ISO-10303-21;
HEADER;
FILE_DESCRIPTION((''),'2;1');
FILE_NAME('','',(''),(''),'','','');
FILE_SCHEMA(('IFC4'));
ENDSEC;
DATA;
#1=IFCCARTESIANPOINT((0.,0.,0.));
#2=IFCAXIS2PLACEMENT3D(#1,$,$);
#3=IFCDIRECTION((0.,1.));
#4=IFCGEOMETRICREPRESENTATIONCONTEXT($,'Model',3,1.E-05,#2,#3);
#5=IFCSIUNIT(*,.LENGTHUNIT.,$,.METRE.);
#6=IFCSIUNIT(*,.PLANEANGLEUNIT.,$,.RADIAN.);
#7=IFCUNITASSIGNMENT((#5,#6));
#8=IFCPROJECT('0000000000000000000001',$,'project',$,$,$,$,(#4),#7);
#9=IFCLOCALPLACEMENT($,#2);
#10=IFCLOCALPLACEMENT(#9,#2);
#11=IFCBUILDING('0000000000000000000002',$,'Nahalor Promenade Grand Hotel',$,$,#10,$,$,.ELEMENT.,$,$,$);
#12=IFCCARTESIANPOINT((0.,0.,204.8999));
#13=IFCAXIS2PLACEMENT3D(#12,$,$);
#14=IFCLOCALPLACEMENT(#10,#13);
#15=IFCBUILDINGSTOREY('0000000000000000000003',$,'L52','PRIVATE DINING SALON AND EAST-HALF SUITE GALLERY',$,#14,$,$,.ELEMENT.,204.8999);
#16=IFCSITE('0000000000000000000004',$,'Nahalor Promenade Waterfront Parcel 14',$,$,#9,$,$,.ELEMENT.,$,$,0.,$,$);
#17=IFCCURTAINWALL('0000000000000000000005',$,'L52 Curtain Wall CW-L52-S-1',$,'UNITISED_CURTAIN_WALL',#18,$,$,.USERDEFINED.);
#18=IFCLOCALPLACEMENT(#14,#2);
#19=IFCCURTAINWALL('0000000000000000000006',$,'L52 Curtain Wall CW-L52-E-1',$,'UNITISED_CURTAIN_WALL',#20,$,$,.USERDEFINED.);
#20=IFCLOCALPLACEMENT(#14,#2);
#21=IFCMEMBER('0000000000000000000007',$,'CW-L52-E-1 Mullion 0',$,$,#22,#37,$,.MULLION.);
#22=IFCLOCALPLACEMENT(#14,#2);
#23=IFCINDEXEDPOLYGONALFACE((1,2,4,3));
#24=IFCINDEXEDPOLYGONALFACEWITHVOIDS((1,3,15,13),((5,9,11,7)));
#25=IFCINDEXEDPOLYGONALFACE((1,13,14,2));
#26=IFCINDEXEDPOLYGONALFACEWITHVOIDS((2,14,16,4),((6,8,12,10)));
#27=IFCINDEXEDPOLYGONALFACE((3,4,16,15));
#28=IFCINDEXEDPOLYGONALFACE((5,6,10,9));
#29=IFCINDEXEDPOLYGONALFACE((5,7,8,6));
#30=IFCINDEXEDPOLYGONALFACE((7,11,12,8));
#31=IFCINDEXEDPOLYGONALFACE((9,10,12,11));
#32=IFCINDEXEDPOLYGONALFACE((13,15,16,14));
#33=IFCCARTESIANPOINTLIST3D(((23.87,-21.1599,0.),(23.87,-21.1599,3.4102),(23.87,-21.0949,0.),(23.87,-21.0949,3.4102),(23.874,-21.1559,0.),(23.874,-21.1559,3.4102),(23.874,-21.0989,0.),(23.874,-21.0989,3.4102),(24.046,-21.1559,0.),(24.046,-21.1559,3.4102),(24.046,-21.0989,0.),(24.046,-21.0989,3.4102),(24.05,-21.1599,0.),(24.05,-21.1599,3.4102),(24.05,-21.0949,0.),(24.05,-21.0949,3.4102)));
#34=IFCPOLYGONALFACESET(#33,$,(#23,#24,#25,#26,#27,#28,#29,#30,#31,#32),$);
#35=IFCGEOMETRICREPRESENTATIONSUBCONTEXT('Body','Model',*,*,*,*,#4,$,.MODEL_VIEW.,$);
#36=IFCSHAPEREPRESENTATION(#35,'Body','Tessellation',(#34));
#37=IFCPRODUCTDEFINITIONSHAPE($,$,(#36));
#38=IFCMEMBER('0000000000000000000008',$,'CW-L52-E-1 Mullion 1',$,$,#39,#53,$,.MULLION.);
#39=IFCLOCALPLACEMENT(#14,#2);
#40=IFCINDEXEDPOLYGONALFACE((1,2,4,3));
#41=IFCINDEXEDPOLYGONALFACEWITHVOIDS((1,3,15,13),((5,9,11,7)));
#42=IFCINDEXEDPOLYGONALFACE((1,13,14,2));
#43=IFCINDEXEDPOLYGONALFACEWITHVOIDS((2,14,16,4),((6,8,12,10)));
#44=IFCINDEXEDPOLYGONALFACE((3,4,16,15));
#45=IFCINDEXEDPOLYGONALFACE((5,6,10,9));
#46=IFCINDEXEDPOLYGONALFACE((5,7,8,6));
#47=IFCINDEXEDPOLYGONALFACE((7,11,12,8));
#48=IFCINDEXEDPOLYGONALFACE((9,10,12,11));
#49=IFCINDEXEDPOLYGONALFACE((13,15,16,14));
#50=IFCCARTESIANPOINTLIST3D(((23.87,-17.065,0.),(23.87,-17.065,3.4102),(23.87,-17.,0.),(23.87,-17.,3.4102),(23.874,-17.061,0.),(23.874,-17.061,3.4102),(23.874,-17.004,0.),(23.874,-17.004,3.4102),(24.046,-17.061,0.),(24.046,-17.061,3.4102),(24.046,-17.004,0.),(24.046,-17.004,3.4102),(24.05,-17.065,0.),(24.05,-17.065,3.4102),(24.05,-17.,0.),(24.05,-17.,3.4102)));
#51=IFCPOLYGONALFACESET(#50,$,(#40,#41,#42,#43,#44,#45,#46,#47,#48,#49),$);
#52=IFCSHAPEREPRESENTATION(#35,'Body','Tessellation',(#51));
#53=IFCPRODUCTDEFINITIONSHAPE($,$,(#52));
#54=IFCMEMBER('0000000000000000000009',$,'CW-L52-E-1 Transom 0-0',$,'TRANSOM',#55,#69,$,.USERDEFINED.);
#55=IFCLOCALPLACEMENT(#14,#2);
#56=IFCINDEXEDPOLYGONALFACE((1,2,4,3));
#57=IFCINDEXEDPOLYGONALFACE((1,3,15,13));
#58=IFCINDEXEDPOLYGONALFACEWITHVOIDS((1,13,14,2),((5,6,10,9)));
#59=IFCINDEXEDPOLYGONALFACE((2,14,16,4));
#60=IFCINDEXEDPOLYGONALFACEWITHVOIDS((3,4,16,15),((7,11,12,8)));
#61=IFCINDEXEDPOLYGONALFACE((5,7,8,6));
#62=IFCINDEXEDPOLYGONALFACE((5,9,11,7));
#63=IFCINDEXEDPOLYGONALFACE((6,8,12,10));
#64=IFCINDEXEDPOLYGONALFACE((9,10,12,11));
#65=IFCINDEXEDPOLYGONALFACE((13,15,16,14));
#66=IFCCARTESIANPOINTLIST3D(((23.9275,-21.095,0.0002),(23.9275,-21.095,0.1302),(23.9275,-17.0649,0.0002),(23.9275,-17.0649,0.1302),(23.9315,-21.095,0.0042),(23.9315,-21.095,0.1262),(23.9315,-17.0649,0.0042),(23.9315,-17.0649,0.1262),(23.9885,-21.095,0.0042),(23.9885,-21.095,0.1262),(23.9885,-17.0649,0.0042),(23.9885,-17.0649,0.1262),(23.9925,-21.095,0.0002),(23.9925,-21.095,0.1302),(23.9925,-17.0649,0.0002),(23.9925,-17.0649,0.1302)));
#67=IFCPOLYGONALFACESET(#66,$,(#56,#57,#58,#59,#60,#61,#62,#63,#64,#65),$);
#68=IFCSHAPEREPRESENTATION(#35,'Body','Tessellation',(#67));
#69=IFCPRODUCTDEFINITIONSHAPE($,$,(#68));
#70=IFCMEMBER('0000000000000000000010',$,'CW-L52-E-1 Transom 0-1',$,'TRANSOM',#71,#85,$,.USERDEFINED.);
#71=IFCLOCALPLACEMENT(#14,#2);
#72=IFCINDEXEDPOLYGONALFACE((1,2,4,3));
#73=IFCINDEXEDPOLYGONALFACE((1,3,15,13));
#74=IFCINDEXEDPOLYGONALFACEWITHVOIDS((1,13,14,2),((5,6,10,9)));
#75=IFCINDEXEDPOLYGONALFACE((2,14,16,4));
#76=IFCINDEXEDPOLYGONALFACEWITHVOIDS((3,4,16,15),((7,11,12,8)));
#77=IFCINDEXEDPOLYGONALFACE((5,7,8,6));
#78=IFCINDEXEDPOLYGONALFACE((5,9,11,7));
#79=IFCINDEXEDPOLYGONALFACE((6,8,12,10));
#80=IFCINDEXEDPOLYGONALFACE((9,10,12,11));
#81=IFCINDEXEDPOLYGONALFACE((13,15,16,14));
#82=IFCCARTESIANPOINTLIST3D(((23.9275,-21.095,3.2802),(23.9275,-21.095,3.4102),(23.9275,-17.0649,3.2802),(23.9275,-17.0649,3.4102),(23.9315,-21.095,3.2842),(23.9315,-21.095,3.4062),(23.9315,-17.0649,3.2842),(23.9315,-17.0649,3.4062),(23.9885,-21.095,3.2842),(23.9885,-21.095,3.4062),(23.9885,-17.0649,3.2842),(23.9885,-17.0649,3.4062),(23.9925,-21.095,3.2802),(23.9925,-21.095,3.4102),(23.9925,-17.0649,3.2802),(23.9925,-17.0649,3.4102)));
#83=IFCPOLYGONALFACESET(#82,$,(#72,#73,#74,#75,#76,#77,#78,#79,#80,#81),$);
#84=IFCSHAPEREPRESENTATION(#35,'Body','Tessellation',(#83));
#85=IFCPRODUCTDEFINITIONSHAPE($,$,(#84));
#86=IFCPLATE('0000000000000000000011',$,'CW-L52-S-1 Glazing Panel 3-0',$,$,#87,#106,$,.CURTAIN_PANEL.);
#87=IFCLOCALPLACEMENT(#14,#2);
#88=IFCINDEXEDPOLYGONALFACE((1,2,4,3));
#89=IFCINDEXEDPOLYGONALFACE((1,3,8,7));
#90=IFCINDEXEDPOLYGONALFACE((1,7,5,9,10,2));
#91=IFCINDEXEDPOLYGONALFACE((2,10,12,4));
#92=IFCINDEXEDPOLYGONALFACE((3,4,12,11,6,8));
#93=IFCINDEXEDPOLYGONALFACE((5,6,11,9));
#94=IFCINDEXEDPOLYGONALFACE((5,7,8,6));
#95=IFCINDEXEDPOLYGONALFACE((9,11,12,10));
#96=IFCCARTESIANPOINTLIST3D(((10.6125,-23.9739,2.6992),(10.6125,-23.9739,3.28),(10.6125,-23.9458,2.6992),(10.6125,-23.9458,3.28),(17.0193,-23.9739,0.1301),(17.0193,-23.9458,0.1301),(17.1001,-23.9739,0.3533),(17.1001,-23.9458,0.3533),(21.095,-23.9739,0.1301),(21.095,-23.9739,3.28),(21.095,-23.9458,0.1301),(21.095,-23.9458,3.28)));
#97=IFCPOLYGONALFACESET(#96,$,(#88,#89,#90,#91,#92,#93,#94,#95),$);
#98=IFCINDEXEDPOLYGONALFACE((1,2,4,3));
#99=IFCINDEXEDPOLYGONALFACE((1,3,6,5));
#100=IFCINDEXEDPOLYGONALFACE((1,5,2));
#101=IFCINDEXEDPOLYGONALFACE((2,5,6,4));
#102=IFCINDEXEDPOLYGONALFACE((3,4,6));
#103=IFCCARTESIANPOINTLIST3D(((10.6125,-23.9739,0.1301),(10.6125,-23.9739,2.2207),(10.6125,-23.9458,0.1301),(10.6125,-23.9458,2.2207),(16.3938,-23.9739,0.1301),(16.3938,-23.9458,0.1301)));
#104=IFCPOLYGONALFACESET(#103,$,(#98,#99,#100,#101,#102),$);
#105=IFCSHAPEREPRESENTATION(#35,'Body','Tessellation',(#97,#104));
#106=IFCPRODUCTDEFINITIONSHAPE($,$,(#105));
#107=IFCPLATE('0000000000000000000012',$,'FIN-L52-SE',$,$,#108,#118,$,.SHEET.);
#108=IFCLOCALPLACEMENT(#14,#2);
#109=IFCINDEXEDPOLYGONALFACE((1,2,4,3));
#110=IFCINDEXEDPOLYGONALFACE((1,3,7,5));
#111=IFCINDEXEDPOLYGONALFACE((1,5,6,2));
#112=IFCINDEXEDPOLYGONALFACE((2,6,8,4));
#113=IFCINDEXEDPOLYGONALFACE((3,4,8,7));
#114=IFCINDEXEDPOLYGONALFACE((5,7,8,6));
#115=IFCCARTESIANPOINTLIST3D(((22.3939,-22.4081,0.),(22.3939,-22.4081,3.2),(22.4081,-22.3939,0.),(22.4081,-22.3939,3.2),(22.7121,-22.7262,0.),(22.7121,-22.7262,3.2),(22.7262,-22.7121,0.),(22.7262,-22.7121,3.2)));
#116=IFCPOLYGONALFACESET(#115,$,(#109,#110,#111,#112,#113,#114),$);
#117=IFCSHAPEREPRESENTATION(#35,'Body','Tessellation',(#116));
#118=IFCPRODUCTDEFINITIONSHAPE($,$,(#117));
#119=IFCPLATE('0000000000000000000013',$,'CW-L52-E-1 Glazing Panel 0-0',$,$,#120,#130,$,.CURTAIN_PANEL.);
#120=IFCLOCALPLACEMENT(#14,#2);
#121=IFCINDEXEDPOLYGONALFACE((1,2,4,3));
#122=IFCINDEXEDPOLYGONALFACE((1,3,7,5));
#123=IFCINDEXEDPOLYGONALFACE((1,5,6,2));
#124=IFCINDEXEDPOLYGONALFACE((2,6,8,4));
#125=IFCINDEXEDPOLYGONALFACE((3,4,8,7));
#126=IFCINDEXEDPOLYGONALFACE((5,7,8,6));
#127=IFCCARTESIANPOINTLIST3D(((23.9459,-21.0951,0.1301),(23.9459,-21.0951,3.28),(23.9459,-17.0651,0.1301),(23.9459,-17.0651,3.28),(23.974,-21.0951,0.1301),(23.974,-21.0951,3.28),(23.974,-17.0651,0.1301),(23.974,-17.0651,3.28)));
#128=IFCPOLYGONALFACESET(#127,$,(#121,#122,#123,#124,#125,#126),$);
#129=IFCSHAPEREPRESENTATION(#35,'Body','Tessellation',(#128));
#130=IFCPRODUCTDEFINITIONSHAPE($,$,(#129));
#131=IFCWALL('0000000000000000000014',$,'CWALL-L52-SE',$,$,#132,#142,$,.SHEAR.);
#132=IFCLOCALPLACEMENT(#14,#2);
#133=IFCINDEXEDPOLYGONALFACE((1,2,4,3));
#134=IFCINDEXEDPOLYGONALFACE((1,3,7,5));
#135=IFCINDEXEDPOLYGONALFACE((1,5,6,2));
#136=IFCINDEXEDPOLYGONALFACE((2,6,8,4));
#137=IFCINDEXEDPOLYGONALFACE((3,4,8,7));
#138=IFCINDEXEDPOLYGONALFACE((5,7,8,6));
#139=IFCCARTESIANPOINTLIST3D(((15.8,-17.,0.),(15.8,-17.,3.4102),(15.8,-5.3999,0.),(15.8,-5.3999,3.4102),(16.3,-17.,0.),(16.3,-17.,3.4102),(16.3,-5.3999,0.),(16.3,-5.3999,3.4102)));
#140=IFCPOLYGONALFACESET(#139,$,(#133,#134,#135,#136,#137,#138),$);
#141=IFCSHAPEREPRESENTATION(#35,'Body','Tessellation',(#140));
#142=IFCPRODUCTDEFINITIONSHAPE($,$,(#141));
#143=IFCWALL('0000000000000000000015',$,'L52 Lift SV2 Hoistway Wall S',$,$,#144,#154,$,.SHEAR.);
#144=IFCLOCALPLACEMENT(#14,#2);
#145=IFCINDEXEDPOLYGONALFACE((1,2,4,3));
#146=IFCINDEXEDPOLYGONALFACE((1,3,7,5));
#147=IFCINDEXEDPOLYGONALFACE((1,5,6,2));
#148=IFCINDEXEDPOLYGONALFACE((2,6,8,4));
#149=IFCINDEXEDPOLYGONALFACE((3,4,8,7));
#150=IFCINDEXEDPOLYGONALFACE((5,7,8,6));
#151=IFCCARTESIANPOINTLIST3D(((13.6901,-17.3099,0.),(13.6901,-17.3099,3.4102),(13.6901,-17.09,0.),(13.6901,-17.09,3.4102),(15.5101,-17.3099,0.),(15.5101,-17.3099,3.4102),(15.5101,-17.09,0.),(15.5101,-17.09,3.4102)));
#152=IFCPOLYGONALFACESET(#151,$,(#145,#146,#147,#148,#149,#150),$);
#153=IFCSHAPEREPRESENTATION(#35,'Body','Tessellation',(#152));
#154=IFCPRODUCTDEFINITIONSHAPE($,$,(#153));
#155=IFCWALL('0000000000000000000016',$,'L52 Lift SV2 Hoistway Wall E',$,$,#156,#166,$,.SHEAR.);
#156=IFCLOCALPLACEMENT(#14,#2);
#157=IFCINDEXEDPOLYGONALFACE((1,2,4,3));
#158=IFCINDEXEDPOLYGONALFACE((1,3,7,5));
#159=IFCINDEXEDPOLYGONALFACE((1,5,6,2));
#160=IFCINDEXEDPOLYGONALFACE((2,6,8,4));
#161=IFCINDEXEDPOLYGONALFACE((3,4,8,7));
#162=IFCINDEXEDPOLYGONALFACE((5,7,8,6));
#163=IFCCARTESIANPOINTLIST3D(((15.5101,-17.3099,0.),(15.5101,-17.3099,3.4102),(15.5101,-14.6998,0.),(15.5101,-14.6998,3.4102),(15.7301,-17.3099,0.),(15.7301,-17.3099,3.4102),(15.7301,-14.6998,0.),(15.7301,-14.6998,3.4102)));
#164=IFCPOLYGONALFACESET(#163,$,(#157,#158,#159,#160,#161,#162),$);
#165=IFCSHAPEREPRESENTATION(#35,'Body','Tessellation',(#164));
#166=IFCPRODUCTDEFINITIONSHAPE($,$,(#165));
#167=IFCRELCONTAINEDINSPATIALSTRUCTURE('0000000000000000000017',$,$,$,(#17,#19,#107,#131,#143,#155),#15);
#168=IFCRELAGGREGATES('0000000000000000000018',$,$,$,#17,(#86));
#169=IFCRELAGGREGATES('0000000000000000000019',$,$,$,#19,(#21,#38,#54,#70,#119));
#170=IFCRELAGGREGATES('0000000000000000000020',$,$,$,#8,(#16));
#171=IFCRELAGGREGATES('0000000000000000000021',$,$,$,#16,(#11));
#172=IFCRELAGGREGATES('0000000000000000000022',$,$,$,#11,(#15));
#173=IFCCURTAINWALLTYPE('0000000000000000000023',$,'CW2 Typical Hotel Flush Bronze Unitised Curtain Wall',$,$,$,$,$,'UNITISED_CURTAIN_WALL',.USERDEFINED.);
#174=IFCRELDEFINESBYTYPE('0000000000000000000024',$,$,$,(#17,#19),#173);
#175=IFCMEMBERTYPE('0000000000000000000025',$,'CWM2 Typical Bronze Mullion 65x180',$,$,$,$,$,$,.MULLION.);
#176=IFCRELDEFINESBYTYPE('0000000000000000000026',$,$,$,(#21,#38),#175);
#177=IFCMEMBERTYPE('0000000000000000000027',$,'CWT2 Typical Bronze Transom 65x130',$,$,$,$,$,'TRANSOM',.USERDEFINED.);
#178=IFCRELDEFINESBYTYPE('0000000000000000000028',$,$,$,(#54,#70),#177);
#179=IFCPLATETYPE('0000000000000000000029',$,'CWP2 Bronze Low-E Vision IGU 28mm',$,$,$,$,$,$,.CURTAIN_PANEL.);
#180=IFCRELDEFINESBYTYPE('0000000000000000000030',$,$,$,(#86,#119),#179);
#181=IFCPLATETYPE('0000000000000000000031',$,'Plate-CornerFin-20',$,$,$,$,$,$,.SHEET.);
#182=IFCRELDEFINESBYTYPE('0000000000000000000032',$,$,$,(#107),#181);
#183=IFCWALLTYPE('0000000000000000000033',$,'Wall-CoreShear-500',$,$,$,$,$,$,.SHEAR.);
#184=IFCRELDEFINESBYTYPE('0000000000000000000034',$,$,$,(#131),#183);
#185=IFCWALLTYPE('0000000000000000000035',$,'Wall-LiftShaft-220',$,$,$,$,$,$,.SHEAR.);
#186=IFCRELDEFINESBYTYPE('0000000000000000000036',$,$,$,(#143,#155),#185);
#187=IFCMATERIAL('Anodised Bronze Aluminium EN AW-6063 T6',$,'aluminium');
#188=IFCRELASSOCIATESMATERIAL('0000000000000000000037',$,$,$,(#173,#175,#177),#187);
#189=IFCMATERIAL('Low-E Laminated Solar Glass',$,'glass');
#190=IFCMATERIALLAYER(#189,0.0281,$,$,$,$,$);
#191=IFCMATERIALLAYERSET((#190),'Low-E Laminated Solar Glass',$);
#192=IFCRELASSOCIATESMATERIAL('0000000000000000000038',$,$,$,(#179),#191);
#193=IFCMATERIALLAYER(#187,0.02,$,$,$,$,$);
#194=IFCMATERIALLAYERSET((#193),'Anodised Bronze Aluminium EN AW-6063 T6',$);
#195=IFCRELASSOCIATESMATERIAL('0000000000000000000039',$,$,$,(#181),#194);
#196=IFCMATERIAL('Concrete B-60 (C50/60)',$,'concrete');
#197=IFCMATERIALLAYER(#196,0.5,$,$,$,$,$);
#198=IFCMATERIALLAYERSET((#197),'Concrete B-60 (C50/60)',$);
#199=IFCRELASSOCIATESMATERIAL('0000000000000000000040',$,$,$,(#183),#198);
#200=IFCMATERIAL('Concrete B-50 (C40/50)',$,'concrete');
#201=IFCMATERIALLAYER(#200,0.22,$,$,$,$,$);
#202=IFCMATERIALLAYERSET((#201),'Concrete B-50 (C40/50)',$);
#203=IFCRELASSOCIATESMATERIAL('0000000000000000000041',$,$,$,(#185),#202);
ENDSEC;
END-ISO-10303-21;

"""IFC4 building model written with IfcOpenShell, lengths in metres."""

from ifc_helpers import new_model, si_unit, direction, frame, frame_2d, origin, origin_2d, place, context, subcontext, project, spatial, polyline, rectangle, hollow_rectangle, outline, extrude, source, transform, mapped, material, layer, layer_set, material_profile, profile_set, type_object, element, aggregate, save


model = new_model("IFC4")

# Units and contexts
model_context = context("Model", 3, precision=1e-05, world=origin(), true_north=direction((0.0, 1.0)))
body_context = subcontext(model_context, "Body", "Model", "MODEL_VIEW")
ifc_project = project(units=[si_unit("LENGTHUNIT", "METRE"), si_unit("PLANEANGLEUNIT", "RADIAN")], contexts=[model_context])

# Site, building, storey
site_placement = place(None, origin())
site = spatial("IfcSite", under=ifc_project, at=site_placement, Name="Nahalor Promenade Waterfront Parcel 14", CompositionType="ELEMENT", RefElevation=0.0)
building_placement = place(site_placement, origin())
building = spatial("IfcBuilding", under=site, at=building_placement, Name="Nahalor Promenade Grand Hotel", CompositionType="ELEMENT")
storey_placement = place(building_placement, frame((0.0, 0.0, 204.8999)))
storey = spatial("IfcBuildingStorey", under=building, at=storey_placement, Name="L52", Description="PRIVATE DINING SALON AND EAST-HALF SUITE GALLERY", CompositionType="ELEMENT", Elevation=204.8999)

# Shared definitions
ifc_material_1 = material(Name="Concrete B-60 (C50/60)", Category="concrete")

# Curtain wall
ifc_material_2 = material(Name="Anodised Bronze Aluminium EN AW-6063 T6", Category="aluminium")
curtain_wall_type = type_object("IfcCurtainWallType", Name="CW2 Typical Hotel Flush Bronze Unitised Curtain Wall", ElementType="UNITISED_CURTAIN_WALL", PredefinedType="USERDEFINED", material=ifc_material_2)
curtain_wall_1_placement = place(storey_placement, origin())
curtain_wall_1 = element("IfcCurtainWall", 1, at=curtain_wall_1_placement, inside=storey, type_object=curtain_wall_type, Name="L52 Curtain Wall CW-L52-S-1", ObjectType="UNITISED_CURTAIN_WALL", PredefinedType="USERDEFINED")
ifc_material_profile_1 = material_profile(ifc_material_2, hollow_rectangle(XDim=0.065, YDim=0.18, WallThickness=0.004, at=origin_2d()), Name="CWM 65x180x4")
ifc_profile_set_1 = profile_set([ifc_material_profile_1], Name="Anodised Bronze Aluminium EN AW-6063 T6")
member_type_1 = type_object("IfcMemberType", Name="CWM2 Typical Bronze Mullion 65x180", PredefinedType="MULLION", material=ifc_profile_set_1)
shared_shape_1 = source(origin(), body_context, "Body", "SweptSolid", [
    extrude(hollow_rectangle(XDim=0.065, YDim=0.18, WallThickness=0.004, at=origin_2d()), origin(), (0.0, 0.0, 1.0), 3.4102),
])

# Curtain wall, members
curtain_wall_2_placement = place(storey_placement, origin())
curtain_wall_2 = element("IfcCurtainWall", 2, at=curtain_wall_2_placement, inside=storey, type_object=curtain_wall_type, Name="L52 Curtain Wall CW-L52-E-1", ObjectType="UNITISED_CURTAIN_WALL", PredefinedType="USERDEFINED")
member_1_placement = place(storey_placement, frame((23.96, -21.1274, 0.0), z_axis=(0.0, 0.0, 1.0), x_axis=(0.0, 1.0, 0.0)))
member_1 = element("IfcMember", 3, at=member_1_placement, type_object=member_type_1, Name="CW-L52-E-1 Mullion 0", PredefinedType="MULLION", context=body_context, shape_type="MappedRepresentation", body=[
    mapped(shared_shape_1, transform((0.0, 0.0, 0.0), scale=1.0)),
])
member_2_placement = place(storey_placement, frame((23.96, -17.0325, 0.0), z_axis=(0.0, 0.0, 1.0), x_axis=(0.0, 1.0, 0.0)))
member_2 = element("IfcMember", 4, at=member_2_placement, type_object=member_type_1, Name="CW-L52-E-1 Mullion 1", PredefinedType="MULLION", context=body_context, shape_type="MappedRepresentation", body=[
    mapped(shared_shape_1, transform((0.0, 0.0, 0.0), scale=1.0)),
])
ifc_material_profile_2 = material_profile(ifc_material_2, hollow_rectangle(XDim=0.065, YDim=0.13, WallThickness=0.004, at=origin_2d()), Name="CWT 65x130x4")
ifc_profile_set_2 = profile_set([ifc_material_profile_2], Name="Anodised Bronze Aluminium EN AW-6063 T6")
member_type_2 = type_object("IfcMemberType", Name="CWT2 Typical Bronze Transom 65x130", ElementType="TRANSOM", PredefinedType="USERDEFINED", material=ifc_profile_set_2)
shared_shape_2 = source(origin(), body_context, "Body", "SweptSolid", [
    extrude(hollow_rectangle(XDim=0.065, YDim=0.13, WallThickness=0.004, at=origin_2d()), origin(), (0.0, 0.0, 1.0), 4.03),
])
member_3_placement = place(storey_placement, frame((23.96, -21.095, 0.0652), z_axis=(0.0, 1.0, 0.0), x_axis=(-1.0, 0.0, 0.0)))
member_3 = element("IfcMember", 5, at=member_3_placement, type_object=member_type_2, Name="CW-L52-E-1 Transom 0-0", ObjectType="TRANSOM", PredefinedType="USERDEFINED", context=body_context, shape_type="MappedRepresentation", body=[
    mapped(shared_shape_2, transform((0.0, 0.0, 0.0), scale=1.0)),
])
member_4_placement = place(storey_placement, frame((23.96, -21.095, 3.3452), z_axis=(0.0, 1.0, 0.0), x_axis=(-1.0, 0.0, 0.0)))
member_4 = element("IfcMember", 6, at=member_4_placement, type_object=member_type_2, Name="CW-L52-E-1 Transom 0-1", ObjectType="TRANSOM", PredefinedType="USERDEFINED", context=body_context, shape_type="MappedRepresentation", body=[
    mapped(shared_shape_2, transform((0.0, 0.0, 0.0), scale=1.0)),
])

# Plates
ifc_material_3 = material(Name="Low-E Laminated Solar Glass", Category="glass")
ifc_layer_1 = layer(ifc_material_3, 0.0281)
ifc_layer_set_1 = layer_set([ifc_layer_1], Name="Low-E Laminated Solar Glass")
plate_type_1 = type_object("IfcPlateType", Name="CWP2 Bronze Low-E Vision IGU 28mm", PredefinedType="CURTAIN_PANEL", material=ifc_layer_set_1)
plate_1_placement = place(storey_placement, frame((15.8538, -23.96, 0.1301), z_axis=(0.0, 0.0, 1.0), x_axis=(1.0, 0.0, 0.0)))
plate_1 = element("IfcPlate", 7, at=plate_1_placement, type_object=plate_type_1, Name="CW-L52-S-1 Glazing Panel 3-0", PredefinedType="CURTAIN_PANEL", context=body_context, shape_type="SweptSolid", body=[
    extrude(outline(polyline([(5.2412, 3.1499), (-5.2412, 3.1499), (-5.2412, 2.5691), (1.2463, 0.2231), (1.1655, 0.0), (5.2412, 0.0), (5.2412, 3.1499)])), frame((0.0, 0.0142, 0.0), z_axis=(0.0, -1.0, 0.0), x_axis=(1.0, 0.0, 0.0)), (0.0, 0.0, 1.0), 0.0281),
    extrude(outline(polyline([(-5.2412, 2.0906), (-5.2412, 0.0), (0.54, 0.0), (-5.2412, 2.0906)])), frame((0.0, 0.0142, 0.0), z_axis=(0.0, -1.0, 0.0), x_axis=(1.0, 0.0, 0.0)), (0.0, 0.0, 1.0), 0.0281),
])
aggregate(curtain_wall_1, [plate_1])
ifc_layer_2 = layer(ifc_material_2, 0.02)
ifc_layer_set_2 = layer_set([ifc_layer_2], Name="Anodised Bronze Aluminium EN AW-6063 T6")
plate_type_2 = type_object("IfcPlateType", Name="Plate-CornerFin-20", PredefinedType="SHEET", material=ifc_layer_set_2)
shared_shape_3 = source(origin(), body_context, "Body", "SweptSolid", [
    extrude(rectangle(XDim=0.45, YDim=0.02, at=origin_2d()), origin(), (0.0, 0.0, 1.0), 3.2),
])
plate_2_placement = place(storey_placement, frame((22.5601, -22.5601, 0.0), z_axis=(0.0, 0.0, 1.0), x_axis=(-0.707107, 0.707107, 0.0)))
element("IfcPlate", 8, at=plate_2_placement, inside=storey, type_object=plate_type_2, Name="FIN-L52-SE", PredefinedType="SHEET", context=body_context, shape_type="MappedRepresentation", body=[
    mapped(shared_shape_3, transform((0.0, 0.0, 0.0), scale=1.0)),
])
shared_shape_4 = source(origin(), body_context, "Body", "SweptSolid", [
    extrude(rectangle(XDim=4.03, YDim=0.0281, at=origin_2d()), origin(), (0.0, 0.0, 1.0), 3.1499),
])
plate_3_placement = place(storey_placement, frame((23.96, -19.0801, 0.1301), z_axis=(0.0, 0.0, 1.0), x_axis=(0.0, 1.0, 0.0)))
plate_3 = element("IfcPlate", 9, at=plate_3_placement, type_object=plate_type_1, Name="CW-L52-E-1 Glazing Panel 0-0", PredefinedType="CURTAIN_PANEL", context=body_context, shape_type="MappedRepresentation", body=[
    mapped(shared_shape_4, transform((0.0, 0.0, 0.0), scale=1.0)),
])
aggregate(curtain_wall_2, [member_1, member_2, member_3, member_4, plate_3])

# Walls
ifc_layer_3 = layer(ifc_material_1, 0.5)
ifc_layer_set_3 = layer_set([ifc_layer_3], Name="Concrete B-60 (C50/60)")
wall_type_1 = type_object("IfcWallType", Name="Wall-CoreShear-500", PredefinedType="SHEAR", material=ifc_layer_set_3)
shared_shape_5 = source(origin(), body_context, "Body", "SweptSolid", [
    extrude(rectangle(XDim=11.6001, YDim=0.5, at=frame_2d((5.8, 0.0))), origin(), (0.0, 0.0, 1.0), 3.4102),
])
wall_1_placement = place(storey_placement, frame((16.05, -17.0, 0.0), z_axis=(0.0, 0.0, 1.0), x_axis=(0.0, 1.0, 0.0)))
element("IfcWall", 10, at=wall_1_placement, inside=storey, type_object=wall_type_1, Name="CWALL-L52-SE", PredefinedType="SHEAR", context=body_context, shape_type="MappedRepresentation", body=[
    mapped(shared_shape_5, transform((0.0, 0.0, 0.0), scale=1.0)),
])
ifc_material_4 = material(Name="Concrete B-50 (C40/50)", Category="concrete")
ifc_layer_4 = layer(ifc_material_4, 0.22)
ifc_layer_set_4 = layer_set([ifc_layer_4], Name="Concrete B-50 (C40/50)")
wall_type_2 = type_object("IfcWallType", Name="Wall-LiftShaft-220", PredefinedType="SHEAR", material=ifc_layer_set_4)
shared_shape_6 = source(origin(), body_context, "Body", "SweptSolid", [
    extrude(rectangle(XDim=1.8201, YDim=0.22, at=frame_2d((0.9102, 0.0))), origin(), (0.0, 0.0, 1.0), 3.4102),
])
wall_2_placement = place(storey_placement, frame((13.6899, -17.2, 0.0), z_axis=(0.0, 0.0, 1.0), x_axis=(1.0, 0.0, 0.0)))
element("IfcWall", 11, at=wall_2_placement, inside=storey, type_object=wall_type_2, Name="L52 Lift SV2 Hoistway Wall S", PredefinedType="SHEAR", context=body_context, shape_type="MappedRepresentation", body=[
    mapped(shared_shape_6, transform((0.0, 0.0, 0.0), scale=1.0)),
])
shared_shape_7 = source(origin(), body_context, "Body", "SweptSolid", [
    extrude(rectangle(XDim=2.6101, YDim=0.22, at=frame_2d((1.3052, 0.0))), origin(), (0.0, 0.0, 1.0), 3.4102),
])
wall_3_placement = place(storey_placement, frame((15.6201, -17.3101, 0.0), z_axis=(0.0, 0.0, 1.0), x_axis=(0.0, 1.0, 0.0)))
element("IfcWall", 12, at=wall_3_placement, inside=storey, type_object=wall_type_2, Name="L52 Lift SV2 Hoistway Wall E", PredefinedType="SHEAR", context=body_context, shape_type="MappedRepresentation", body=[
    mapped(shared_shape_7, transform((0.0, 0.0, 0.0), scale=1.0)),
])

save(model, "model.ifc")
